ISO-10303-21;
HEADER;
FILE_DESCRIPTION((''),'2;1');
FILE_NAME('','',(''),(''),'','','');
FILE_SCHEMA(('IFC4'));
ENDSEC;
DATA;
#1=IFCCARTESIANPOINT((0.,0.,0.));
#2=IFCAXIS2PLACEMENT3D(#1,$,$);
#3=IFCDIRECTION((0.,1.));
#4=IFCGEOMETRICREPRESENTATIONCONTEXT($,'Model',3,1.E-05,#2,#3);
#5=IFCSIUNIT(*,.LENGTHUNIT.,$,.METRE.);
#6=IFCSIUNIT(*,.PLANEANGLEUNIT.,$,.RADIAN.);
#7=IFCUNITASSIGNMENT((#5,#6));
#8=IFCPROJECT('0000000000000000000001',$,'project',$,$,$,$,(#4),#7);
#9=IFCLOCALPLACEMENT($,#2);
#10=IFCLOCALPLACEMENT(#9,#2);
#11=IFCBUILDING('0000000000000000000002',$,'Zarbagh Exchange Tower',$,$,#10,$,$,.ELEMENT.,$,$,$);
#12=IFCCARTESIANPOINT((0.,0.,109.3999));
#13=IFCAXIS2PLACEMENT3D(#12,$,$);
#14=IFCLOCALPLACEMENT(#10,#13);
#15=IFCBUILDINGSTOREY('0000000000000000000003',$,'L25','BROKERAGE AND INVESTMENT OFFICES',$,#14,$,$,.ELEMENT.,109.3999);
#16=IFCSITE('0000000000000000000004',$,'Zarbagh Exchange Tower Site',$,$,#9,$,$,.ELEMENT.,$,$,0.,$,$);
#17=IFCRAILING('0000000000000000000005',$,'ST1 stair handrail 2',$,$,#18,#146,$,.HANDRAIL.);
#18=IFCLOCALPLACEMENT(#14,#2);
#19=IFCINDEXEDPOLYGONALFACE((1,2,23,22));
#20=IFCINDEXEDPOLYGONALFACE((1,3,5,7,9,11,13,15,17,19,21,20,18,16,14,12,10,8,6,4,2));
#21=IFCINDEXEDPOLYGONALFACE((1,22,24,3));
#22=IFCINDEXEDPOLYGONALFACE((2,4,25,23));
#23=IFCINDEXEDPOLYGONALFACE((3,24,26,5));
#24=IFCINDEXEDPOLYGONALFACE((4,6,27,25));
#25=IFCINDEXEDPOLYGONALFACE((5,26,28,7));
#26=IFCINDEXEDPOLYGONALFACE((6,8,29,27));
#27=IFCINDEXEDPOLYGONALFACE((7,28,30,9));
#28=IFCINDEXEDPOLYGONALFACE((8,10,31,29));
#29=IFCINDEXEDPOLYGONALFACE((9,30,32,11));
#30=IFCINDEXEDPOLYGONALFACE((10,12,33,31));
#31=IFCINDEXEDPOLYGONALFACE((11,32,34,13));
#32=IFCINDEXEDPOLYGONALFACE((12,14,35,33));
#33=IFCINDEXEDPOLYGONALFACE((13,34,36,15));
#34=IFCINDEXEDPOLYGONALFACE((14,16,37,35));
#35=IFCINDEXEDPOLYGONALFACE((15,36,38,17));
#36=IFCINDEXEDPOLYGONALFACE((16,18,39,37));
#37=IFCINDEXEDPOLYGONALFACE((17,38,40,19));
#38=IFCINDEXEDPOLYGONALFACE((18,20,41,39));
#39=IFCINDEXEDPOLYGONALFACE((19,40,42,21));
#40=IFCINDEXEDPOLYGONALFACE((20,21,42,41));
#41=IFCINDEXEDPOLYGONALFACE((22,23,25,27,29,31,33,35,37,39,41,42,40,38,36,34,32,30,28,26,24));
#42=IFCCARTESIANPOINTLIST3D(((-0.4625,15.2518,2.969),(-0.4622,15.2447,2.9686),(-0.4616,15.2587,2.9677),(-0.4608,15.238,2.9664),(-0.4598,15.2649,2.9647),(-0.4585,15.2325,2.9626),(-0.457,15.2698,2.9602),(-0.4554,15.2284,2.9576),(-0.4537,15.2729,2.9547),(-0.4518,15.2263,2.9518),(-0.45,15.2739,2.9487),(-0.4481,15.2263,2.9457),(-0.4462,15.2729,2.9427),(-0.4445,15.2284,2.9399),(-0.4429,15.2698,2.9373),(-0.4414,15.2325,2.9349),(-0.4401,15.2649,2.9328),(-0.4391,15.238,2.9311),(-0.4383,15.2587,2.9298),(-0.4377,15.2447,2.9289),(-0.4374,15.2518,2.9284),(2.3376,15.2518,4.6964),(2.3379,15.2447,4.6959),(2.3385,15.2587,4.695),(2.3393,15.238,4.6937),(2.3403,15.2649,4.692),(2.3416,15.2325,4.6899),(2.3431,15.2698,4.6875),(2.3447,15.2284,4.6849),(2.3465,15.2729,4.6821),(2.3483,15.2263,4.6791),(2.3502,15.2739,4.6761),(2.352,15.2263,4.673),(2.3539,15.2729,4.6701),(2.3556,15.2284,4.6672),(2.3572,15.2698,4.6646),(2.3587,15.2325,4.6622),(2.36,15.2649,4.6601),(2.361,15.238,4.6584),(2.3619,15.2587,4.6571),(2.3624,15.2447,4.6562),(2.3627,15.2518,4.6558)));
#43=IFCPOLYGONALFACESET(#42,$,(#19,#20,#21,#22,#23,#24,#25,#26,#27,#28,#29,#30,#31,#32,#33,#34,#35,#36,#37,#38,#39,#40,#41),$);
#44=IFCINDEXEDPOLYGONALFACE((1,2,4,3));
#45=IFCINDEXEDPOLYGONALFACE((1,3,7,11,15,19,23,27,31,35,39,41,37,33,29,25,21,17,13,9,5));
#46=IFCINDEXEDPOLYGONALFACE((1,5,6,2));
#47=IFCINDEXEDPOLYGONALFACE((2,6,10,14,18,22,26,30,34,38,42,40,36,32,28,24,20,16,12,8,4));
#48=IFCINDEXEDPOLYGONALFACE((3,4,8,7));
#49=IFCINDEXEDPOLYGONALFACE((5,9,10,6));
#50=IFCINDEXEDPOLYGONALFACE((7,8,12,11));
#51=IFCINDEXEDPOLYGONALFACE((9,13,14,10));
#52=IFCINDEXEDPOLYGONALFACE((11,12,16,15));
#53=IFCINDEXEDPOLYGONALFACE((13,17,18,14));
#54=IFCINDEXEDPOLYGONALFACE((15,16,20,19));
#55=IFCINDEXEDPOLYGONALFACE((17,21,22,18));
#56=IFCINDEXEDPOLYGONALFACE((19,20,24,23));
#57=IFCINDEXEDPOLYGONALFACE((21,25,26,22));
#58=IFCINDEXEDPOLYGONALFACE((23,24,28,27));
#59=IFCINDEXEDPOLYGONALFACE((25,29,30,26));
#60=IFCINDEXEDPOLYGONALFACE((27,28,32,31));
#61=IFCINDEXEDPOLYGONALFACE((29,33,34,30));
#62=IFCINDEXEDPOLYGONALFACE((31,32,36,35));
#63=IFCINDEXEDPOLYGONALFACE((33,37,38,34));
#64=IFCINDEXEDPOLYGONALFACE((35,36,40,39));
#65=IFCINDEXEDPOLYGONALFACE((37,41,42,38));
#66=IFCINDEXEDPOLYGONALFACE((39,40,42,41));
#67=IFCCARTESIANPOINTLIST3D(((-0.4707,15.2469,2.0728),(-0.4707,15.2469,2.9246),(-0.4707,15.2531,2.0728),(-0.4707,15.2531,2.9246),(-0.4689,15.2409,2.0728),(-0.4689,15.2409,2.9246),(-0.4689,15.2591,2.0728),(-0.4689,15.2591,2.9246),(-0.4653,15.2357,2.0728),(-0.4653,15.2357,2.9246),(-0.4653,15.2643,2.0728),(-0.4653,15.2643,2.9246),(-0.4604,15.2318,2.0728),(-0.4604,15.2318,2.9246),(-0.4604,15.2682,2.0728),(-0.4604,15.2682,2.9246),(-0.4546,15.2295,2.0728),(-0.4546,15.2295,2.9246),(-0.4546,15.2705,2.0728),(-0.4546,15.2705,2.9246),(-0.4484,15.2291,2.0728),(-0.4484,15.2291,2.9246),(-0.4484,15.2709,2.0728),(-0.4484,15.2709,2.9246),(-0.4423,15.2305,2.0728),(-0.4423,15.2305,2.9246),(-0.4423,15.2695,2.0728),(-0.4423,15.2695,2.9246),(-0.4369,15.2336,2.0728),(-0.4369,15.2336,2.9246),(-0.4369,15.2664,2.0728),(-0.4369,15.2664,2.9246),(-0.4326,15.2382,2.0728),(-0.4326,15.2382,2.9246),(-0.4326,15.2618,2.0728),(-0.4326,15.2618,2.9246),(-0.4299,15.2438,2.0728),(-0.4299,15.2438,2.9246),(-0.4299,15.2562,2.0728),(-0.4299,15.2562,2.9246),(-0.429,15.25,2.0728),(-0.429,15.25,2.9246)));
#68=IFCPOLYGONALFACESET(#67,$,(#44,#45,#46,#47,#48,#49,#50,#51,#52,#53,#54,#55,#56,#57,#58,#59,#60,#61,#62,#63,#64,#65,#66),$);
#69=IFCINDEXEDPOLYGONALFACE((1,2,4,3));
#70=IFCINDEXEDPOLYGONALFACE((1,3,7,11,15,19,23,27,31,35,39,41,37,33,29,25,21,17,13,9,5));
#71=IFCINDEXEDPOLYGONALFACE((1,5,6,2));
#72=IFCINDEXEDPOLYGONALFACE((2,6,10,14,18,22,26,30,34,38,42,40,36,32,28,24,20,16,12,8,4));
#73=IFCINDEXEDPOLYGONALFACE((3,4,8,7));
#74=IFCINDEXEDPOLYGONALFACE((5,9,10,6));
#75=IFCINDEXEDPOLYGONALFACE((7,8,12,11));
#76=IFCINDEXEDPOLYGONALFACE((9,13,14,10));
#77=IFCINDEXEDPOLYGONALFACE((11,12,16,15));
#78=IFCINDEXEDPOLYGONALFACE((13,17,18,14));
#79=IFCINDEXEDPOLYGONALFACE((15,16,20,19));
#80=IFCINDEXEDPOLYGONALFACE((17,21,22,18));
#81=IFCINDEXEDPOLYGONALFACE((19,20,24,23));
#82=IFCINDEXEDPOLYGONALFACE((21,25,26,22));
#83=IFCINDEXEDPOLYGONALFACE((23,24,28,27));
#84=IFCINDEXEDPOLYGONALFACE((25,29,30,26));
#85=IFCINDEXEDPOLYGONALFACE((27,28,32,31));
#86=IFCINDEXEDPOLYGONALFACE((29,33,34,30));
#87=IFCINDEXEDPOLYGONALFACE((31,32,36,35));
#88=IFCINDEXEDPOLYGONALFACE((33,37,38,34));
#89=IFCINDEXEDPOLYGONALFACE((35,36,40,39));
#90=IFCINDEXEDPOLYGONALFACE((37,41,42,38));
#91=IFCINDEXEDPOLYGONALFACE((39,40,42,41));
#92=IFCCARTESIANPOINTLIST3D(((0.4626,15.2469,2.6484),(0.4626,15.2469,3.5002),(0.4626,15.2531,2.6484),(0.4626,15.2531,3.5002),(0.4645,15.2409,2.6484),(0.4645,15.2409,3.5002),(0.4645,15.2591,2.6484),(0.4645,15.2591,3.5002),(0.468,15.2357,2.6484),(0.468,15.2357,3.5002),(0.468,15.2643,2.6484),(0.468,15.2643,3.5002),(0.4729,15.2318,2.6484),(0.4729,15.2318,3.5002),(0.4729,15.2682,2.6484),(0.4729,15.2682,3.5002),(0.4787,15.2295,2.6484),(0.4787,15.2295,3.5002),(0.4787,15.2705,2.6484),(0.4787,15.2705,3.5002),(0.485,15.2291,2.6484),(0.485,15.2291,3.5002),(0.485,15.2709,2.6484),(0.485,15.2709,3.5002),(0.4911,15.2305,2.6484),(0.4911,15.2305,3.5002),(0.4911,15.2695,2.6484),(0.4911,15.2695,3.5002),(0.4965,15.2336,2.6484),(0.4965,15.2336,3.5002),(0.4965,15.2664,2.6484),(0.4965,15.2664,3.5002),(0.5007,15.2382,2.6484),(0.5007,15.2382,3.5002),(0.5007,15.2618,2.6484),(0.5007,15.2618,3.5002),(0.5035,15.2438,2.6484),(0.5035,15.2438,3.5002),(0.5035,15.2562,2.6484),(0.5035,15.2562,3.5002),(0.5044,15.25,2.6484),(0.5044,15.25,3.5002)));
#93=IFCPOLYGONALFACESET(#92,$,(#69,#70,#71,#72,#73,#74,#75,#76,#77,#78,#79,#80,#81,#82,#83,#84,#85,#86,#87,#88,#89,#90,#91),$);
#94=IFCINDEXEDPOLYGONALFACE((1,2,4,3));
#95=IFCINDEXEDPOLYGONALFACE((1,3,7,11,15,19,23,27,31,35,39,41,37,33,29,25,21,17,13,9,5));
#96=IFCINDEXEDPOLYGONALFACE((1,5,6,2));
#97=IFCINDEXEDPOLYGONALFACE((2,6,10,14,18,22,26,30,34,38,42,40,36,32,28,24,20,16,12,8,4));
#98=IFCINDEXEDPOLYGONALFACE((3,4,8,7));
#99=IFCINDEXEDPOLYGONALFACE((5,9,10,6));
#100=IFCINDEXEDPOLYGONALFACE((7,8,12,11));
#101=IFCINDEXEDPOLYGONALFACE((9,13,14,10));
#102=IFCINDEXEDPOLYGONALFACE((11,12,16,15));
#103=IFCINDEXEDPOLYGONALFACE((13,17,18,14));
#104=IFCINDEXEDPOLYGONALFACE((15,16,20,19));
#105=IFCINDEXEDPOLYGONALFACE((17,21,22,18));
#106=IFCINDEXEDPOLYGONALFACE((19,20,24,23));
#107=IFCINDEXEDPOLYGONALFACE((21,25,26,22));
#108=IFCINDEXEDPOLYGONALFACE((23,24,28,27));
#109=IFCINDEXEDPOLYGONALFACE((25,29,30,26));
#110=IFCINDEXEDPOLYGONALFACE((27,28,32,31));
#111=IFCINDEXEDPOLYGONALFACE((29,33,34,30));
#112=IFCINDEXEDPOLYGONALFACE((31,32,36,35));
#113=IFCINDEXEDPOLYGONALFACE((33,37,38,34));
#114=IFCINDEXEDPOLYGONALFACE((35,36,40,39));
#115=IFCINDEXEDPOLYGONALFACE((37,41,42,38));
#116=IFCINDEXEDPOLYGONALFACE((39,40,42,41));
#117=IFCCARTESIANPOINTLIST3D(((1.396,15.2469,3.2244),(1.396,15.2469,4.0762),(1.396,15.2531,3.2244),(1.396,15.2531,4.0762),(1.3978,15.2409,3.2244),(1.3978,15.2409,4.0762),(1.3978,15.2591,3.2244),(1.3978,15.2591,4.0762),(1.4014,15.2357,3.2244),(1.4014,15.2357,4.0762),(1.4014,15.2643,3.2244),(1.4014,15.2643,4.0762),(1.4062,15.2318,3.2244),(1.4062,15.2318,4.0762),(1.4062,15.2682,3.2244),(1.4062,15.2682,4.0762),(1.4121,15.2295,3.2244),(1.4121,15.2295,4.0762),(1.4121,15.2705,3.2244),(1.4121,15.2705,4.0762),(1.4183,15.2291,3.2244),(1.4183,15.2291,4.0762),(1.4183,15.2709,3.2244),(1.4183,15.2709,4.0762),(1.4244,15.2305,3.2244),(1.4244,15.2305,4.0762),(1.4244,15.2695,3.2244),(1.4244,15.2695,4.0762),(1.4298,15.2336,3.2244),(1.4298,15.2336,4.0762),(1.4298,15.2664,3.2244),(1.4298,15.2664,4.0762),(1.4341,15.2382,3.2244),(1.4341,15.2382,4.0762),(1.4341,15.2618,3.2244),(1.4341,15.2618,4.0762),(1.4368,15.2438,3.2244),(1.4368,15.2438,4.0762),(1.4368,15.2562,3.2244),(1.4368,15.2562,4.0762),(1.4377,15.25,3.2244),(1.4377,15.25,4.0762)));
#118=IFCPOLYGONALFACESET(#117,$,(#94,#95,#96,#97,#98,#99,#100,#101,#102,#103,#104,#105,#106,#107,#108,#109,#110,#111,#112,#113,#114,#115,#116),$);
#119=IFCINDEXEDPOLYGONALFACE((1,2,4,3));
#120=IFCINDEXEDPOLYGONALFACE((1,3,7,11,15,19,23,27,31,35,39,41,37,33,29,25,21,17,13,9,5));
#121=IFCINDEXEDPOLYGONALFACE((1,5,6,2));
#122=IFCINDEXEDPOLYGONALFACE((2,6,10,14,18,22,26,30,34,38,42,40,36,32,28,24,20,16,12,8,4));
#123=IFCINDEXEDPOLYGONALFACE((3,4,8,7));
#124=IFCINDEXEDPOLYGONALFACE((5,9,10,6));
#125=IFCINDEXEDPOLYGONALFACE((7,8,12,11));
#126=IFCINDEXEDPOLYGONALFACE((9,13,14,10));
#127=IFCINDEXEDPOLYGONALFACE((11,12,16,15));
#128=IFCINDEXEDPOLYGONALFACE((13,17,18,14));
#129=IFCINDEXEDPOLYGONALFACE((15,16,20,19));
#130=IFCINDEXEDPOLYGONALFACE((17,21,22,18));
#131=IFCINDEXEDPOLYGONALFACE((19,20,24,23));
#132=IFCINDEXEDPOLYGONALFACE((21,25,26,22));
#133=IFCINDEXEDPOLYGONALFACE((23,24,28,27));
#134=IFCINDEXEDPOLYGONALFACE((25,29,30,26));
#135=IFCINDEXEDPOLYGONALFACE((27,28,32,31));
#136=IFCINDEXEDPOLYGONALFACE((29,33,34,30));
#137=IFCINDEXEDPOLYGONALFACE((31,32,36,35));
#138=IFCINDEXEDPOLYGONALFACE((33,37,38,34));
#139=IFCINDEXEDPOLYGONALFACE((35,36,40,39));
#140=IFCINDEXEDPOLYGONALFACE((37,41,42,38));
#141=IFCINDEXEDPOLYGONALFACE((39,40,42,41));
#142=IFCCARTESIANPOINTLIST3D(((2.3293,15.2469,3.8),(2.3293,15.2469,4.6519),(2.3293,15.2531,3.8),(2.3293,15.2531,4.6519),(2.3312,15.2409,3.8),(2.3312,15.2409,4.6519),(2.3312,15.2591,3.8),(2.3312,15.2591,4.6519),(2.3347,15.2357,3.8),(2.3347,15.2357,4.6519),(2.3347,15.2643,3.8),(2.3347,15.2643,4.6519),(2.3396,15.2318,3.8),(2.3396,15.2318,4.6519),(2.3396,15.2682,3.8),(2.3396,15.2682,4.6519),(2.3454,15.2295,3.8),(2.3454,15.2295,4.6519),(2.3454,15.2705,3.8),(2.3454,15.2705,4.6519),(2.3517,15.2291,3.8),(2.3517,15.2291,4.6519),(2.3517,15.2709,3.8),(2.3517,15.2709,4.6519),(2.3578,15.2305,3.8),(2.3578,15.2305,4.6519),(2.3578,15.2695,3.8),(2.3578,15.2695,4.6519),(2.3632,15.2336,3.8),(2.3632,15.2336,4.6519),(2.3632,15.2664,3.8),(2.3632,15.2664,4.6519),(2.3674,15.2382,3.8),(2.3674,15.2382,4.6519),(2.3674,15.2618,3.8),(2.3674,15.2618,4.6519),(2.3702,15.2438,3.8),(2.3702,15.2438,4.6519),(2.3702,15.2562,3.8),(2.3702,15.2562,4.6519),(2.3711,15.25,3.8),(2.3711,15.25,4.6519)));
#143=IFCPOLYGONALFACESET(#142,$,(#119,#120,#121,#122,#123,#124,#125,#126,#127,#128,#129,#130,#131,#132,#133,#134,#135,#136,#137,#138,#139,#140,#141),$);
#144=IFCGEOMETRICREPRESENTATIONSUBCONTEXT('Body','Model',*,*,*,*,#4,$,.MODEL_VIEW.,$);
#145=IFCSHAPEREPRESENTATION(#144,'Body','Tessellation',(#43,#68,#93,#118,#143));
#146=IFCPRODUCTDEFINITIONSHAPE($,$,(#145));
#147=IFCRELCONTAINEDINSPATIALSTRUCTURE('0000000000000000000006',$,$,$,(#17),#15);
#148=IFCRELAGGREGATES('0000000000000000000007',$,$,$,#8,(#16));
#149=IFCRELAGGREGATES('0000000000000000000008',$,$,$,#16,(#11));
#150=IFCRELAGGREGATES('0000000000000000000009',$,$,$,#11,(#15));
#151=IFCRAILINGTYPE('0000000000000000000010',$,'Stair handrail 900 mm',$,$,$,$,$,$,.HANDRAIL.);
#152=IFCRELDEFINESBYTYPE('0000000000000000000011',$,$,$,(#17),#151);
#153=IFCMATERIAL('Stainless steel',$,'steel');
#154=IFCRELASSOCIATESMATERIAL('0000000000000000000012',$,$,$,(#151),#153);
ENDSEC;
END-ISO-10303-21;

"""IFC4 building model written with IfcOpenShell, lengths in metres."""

from ifc_helpers import new_model, si_unit, direction, frame, origin, origin_2d, place, context, subcontext, project, spatial, circle, extrude, material, type_object, element, save


model = new_model("IFC4")

# Units and contexts
model_context = context("Model", 3, precision=1e-05, world=origin(), true_north=direction((0.0, 1.0)))
body_context = subcontext(model_context, "Body", "Model", "MODEL_VIEW")
ifc_project = project(units=[si_unit("LENGTHUNIT", "METRE"), si_unit("PLANEANGLEUNIT", "RADIAN")], contexts=[model_context])

# Site, building, storey
site_placement = place(None, origin())
site = spatial("IfcSite", under=ifc_project, at=site_placement, Name="Zarbagh Exchange Tower Site", CompositionType="ELEMENT", RefElevation=0.0)
building_placement = place(site_placement, origin())
building = spatial("IfcBuilding", under=site, at=building_placement, Name="Zarbagh Exchange Tower", CompositionType="ELEMENT")
storey_placement = place(building_placement, frame((0.0, 0.0, 109.3999)))
storey = spatial("IfcBuildingStorey", under=building, at=storey_placement, Name="L25", Description="BROKERAGE AND INVESTMENT OFFICES", CompositionType="ELEMENT", Elevation=109.3999)

# Shared definitions
ifc_material_1 = material(Name="Stainless steel", Category="steel")

# Railing
railing_type_1 = type_object("IfcRailingType", Name="Stair handrail 900 mm", PredefinedType="HANDRAIL", material=ifc_material_1)
for number, where, name in (
    (1, (-0.45, 15.25, 2.0728), "ST1 stair handrail 2"),
):
    element("IfcRailing", number, at=place(storey_placement, frame(where)), inside=storey, type_object=railing_type_1, Name=name, PredefinedType="HANDRAIL", context=body_context, shape_type="SweptSolid", body=[
        extrude(circle(Radius=0.0239, at=origin_2d()), frame((0.0, 0.0, 0.876), z_axis=(0.85109, 0.0, 0.52502), x_axis=(0.0, 1.0, 0.0)), (0.0, 0.0, 1.0), 3.29),
        extrude(circle(Radius=0.021, at=origin_2d()), origin(), (0.0, 0.0, 1.0), 0.8518),
        extrude(circle(Radius=0.021, at=origin_2d()), frame((0.9333, 0.0, 0.5757)), (0.0, 0.0, 1.0), 0.8518),
        extrude(circle(Radius=0.021, at=origin_2d()), frame((1.8667, 0.0, 1.1516)), (0.0, 0.0, 1.0), 0.8518),
        extrude(circle(Radius=0.021, at=origin_2d()), frame((2.8, 0.0, 1.7273)), (0.0, 0.0, 1.0), 0.8518),
    ])

save(model, "model.ifc")
